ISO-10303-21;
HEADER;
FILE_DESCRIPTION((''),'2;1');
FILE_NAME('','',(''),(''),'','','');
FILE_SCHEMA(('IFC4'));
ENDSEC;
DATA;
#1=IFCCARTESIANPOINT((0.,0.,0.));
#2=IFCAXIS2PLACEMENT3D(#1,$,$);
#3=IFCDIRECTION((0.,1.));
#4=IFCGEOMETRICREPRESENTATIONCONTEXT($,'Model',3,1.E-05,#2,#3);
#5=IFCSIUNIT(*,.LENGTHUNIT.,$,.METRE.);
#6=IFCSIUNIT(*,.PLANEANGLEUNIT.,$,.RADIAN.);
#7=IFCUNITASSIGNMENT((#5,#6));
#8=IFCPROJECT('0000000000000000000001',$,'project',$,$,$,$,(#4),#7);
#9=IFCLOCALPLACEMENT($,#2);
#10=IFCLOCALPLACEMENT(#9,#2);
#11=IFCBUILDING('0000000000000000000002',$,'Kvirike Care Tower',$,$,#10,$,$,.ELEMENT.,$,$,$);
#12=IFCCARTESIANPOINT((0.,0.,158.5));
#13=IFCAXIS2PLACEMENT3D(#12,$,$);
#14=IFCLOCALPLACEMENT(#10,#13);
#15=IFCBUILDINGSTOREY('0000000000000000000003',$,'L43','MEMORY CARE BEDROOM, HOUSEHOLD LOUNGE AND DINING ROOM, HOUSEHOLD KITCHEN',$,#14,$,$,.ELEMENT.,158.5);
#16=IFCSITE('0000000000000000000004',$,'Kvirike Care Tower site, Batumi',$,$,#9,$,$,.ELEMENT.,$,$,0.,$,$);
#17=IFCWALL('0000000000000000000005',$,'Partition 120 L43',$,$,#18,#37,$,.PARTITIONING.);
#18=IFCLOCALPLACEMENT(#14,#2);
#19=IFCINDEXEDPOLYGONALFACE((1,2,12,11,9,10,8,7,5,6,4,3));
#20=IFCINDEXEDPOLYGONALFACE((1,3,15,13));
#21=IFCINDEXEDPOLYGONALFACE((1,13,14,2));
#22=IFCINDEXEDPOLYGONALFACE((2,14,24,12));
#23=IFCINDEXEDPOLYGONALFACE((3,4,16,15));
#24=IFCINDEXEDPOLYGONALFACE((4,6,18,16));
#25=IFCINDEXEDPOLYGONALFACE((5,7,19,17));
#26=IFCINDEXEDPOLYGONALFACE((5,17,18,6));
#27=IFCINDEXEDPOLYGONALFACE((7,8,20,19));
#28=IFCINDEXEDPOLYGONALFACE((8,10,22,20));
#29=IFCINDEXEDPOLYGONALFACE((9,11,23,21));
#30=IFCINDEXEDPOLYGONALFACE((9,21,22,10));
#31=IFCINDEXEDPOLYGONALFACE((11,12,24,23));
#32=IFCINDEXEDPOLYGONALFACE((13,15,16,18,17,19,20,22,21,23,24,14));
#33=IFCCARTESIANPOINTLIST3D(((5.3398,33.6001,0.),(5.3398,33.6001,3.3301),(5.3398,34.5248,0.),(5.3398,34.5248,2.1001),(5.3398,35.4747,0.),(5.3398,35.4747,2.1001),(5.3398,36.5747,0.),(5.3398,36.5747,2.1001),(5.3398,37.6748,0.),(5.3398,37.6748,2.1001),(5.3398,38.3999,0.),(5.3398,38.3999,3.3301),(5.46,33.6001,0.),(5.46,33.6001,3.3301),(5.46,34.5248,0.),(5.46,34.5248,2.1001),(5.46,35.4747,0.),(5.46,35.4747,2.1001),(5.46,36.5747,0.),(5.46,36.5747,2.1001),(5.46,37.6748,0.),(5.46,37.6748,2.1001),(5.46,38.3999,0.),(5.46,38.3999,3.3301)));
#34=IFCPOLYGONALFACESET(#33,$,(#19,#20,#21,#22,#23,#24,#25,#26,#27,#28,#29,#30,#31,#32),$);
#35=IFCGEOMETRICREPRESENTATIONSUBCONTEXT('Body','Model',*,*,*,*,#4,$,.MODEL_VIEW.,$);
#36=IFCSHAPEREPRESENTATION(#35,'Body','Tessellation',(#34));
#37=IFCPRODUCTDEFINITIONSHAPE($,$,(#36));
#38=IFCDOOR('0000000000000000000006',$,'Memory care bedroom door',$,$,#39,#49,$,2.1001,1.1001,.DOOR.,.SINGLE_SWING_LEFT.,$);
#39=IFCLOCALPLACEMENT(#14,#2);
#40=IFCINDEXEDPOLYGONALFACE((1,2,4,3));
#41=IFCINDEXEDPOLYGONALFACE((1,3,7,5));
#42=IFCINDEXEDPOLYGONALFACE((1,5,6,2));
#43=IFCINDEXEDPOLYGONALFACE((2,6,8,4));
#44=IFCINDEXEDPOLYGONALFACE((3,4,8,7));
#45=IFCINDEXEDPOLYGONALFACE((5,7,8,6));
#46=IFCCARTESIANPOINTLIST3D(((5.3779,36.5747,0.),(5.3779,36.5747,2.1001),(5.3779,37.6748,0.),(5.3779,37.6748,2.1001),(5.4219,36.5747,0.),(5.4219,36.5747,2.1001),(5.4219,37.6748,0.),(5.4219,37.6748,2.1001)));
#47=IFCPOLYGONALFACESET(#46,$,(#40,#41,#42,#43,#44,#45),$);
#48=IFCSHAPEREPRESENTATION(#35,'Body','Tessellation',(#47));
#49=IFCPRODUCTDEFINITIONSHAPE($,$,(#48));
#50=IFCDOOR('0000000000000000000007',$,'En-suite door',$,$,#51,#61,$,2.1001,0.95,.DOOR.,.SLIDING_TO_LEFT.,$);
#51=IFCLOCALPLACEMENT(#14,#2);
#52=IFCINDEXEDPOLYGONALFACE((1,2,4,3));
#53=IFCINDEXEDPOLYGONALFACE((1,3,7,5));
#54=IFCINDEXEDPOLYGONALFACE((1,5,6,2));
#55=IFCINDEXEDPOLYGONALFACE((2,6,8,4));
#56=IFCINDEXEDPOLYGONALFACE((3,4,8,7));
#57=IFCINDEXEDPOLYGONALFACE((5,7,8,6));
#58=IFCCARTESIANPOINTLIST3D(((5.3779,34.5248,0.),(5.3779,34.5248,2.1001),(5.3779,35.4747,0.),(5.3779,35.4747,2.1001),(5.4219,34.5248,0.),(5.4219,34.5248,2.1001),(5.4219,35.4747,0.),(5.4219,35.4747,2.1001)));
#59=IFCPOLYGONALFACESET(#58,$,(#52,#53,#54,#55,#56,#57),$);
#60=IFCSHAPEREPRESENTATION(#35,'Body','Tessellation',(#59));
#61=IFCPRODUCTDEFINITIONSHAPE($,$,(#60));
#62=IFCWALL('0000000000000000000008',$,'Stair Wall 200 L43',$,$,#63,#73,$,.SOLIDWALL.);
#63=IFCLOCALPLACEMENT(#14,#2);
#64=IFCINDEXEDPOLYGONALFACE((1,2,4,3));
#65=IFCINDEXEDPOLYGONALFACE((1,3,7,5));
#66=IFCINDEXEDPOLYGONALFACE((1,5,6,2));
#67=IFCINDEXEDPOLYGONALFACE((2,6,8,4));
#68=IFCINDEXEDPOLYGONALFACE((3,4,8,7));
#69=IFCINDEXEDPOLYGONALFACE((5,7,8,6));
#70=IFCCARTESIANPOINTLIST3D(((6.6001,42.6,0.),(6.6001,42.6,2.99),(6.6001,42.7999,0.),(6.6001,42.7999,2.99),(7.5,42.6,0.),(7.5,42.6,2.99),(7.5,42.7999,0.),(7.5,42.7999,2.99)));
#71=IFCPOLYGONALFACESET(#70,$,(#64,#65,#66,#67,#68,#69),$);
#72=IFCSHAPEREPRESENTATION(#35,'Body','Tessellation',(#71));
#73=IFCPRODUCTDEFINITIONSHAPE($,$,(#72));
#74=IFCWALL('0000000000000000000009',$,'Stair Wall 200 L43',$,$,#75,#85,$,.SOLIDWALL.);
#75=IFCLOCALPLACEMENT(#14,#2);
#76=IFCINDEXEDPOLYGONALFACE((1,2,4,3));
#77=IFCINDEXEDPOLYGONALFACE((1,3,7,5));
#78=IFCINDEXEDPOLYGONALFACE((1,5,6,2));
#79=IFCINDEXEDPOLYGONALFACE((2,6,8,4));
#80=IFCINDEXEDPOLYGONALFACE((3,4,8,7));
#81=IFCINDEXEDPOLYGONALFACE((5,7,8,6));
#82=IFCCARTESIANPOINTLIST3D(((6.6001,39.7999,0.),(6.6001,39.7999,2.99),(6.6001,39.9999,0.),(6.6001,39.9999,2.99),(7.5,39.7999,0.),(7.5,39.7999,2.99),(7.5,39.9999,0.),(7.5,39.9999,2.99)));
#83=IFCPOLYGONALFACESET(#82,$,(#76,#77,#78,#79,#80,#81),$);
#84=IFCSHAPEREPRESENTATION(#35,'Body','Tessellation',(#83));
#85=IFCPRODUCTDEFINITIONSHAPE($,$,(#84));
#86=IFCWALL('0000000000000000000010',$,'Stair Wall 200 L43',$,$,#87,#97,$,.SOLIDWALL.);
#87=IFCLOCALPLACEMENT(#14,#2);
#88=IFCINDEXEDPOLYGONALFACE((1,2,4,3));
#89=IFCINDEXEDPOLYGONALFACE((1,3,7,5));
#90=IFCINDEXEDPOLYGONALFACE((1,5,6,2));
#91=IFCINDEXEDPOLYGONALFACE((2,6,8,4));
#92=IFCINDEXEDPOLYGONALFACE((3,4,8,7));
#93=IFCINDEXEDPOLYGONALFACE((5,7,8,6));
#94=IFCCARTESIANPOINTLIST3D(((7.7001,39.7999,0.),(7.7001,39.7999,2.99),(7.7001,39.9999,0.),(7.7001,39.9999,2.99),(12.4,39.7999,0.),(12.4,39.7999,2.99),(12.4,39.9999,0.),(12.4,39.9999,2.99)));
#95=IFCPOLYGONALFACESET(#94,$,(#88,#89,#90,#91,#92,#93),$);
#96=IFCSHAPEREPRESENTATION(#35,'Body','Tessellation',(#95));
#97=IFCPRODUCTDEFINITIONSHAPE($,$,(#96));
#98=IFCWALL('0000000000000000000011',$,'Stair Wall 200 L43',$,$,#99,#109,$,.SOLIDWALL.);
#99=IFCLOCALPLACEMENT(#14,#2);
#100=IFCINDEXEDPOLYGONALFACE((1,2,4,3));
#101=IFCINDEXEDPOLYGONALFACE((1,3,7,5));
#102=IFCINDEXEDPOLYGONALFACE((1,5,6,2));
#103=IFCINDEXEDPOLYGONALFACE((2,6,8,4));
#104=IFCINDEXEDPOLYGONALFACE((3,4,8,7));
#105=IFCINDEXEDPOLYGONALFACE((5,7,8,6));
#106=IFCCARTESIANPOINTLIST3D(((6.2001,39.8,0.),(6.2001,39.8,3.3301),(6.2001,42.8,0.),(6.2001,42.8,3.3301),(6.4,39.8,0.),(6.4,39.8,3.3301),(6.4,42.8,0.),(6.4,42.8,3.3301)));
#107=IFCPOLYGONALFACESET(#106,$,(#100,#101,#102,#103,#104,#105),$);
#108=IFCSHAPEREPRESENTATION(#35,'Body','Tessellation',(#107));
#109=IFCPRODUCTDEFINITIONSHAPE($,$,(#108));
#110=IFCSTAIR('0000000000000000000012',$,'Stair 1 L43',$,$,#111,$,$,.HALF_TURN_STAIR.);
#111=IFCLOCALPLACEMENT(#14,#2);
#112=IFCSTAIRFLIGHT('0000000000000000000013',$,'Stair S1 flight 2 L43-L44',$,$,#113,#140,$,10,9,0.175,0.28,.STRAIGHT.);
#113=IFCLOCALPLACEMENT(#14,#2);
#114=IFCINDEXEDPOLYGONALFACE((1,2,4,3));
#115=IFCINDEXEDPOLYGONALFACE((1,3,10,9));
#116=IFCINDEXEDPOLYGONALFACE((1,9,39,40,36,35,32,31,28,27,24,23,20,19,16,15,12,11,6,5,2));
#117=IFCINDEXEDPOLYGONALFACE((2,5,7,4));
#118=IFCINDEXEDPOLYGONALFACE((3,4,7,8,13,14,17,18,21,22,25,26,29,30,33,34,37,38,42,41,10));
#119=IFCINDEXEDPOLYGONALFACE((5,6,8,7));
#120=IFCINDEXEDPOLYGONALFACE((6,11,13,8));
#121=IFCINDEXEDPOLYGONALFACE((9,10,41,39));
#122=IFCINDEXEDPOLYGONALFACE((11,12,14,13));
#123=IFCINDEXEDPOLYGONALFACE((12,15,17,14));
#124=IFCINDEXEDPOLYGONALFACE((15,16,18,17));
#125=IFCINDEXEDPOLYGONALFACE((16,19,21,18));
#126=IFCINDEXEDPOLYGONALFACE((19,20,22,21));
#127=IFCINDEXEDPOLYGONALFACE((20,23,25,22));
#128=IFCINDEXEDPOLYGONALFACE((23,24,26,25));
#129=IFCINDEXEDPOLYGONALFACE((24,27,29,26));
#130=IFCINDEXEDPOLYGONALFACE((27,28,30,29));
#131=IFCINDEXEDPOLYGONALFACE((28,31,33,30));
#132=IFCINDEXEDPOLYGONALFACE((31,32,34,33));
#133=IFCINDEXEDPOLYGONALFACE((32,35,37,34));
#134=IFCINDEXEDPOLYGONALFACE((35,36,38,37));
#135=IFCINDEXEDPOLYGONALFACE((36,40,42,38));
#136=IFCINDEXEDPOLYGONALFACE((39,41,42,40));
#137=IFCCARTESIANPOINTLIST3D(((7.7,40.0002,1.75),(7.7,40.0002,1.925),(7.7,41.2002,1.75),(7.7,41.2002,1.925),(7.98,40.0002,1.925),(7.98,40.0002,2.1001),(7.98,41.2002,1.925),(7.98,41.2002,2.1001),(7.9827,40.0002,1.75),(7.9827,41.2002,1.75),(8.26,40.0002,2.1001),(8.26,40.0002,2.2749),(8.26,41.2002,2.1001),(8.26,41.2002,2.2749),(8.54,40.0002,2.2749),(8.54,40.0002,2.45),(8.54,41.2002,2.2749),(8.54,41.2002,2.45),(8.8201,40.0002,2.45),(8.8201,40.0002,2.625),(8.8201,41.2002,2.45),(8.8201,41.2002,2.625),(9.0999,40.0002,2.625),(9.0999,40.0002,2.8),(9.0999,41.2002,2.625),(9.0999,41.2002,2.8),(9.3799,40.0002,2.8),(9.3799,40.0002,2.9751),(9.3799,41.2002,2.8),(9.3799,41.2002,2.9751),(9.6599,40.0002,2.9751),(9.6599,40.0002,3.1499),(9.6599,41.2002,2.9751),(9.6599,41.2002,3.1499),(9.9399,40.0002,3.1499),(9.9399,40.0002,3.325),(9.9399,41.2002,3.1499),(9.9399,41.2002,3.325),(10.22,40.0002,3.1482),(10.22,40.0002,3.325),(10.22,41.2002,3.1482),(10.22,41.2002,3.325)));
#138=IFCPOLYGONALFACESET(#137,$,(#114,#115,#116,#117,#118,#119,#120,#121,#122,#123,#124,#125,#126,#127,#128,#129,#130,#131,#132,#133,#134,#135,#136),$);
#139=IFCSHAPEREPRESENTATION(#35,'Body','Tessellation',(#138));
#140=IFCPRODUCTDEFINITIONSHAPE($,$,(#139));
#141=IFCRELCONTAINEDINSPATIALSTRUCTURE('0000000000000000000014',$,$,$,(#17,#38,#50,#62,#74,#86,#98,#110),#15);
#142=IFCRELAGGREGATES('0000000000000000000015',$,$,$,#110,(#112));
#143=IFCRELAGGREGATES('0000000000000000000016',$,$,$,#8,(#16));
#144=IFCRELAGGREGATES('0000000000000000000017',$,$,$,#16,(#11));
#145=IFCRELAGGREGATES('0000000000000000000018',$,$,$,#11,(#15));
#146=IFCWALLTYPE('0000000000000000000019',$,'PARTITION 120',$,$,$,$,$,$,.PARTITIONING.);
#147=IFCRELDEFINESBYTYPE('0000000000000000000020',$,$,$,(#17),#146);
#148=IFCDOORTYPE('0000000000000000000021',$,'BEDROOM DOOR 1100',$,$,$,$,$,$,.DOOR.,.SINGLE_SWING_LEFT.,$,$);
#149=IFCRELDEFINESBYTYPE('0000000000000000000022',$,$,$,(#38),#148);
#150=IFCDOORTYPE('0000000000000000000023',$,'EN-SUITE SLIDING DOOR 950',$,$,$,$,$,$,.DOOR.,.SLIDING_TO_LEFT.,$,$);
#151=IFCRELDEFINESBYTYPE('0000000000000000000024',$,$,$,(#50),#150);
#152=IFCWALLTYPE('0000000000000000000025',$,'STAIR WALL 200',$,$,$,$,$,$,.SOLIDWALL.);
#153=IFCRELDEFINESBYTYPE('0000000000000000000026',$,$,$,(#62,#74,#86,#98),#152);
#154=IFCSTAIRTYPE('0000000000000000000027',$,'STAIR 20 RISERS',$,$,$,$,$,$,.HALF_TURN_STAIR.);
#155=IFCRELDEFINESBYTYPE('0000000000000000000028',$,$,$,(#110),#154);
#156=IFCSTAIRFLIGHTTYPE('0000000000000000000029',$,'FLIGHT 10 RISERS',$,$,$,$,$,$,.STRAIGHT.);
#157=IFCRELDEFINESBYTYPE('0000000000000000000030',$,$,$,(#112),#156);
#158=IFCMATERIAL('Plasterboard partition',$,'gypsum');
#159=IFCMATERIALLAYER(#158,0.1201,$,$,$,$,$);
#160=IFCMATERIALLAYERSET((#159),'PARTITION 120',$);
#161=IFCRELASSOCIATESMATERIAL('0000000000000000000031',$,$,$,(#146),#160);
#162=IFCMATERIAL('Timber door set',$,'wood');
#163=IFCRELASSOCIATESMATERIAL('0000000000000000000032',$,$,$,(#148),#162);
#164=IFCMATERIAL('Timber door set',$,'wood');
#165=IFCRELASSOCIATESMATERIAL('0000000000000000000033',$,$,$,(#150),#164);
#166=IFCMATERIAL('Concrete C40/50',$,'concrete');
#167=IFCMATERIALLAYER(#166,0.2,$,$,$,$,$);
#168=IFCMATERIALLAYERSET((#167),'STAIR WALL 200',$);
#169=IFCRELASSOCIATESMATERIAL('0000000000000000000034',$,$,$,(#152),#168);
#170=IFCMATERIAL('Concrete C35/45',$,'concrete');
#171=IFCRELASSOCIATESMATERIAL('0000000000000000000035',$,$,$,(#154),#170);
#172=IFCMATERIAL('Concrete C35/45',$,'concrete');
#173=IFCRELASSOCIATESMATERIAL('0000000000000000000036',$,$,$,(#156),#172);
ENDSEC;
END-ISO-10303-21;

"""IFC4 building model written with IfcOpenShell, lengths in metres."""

from ifc_helpers import new_model, si_unit, direction, frame, frame_2d, origin, place, context, subcontext, project, spatial, polyline, rectangle, outline, extrude, material, layer, layer_set, type_object, element, fill, aggregate, save


model = new_model("IFC4")

# Units and contexts
model_context = context("Model", 3, precision=1e-05, world=origin(), true_north=direction((0.0, 1.0)))
body_context = subcontext(model_context, "Body", "Model", "MODEL_VIEW")
ifc_project = project(units=[si_unit("LENGTHUNIT", "METRE"), si_unit("PLANEANGLEUNIT", "RADIAN")], contexts=[model_context])

# Site, building, storey
site_placement = place(None, origin())
site = spatial("IfcSite", under=ifc_project, at=site_placement, Name="Kvirike Care Tower site, Batumi", CompositionType="ELEMENT", RefElevation=0.0)
building_placement = place(site_placement, origin())
building = spatial("IfcBuilding", under=site, at=building_placement, Name="Kvirike Care Tower", CompositionType="ELEMENT")
storey_placement = place(building_placement, frame((0.0, 0.0, 158.5)))
storey = spatial("IfcBuildingStorey", under=building, at=storey_placement, Name="L43", Description="MEMORY CARE BEDROOM, HOUSEHOLD LOUNGE AND DINING ROOM, HOUSEHOLD KITCHEN", CompositionType="ELEMENT", Elevation=158.5)

# Wall, openings, doors
ifc_material_1 = material(Name="Plasterboard partition", Category="gypsum")
ifc_layer_1 = layer(ifc_material_1, 0.1201)
ifc_layer_set_1 = layer_set([ifc_layer_1], Name="PARTITION 120")
wall_type_1 = type_object("IfcWallType", Name="PARTITION 120", PredefinedType="PARTITIONING", material=ifc_layer_set_1)
wall_1_placement = place(storey_placement, frame((5.3999, 38.3999, 0.0), z_axis=(0.0, 0.0, 1.0), x_axis=(0.0, -1.0, 0.0)))
wall_1 = element("IfcWall", 1, at=wall_1_placement, inside=storey, type_object=wall_type_1, Name="Partition 120 L43", PredefinedType="PARTITIONING", context=body_context, shape_type="SweptSolid", body=[
    extrude(rectangle(XDim=4.7998, YDim=0.1201, at=frame_2d((2.3999, 0.0))), origin(), (0.0, 0.0, 1.0), 3.3301),
])
opening_1_placement = place(wall_1_placement, frame((0.7251, 0.0, 0.0)))
opening_1 = element("IfcOpeningElement", 2, at=opening_1_placement, cuts=wall_1, PredefinedType="OPENING", context=body_context, shape_type="SweptSolid", body=[
    extrude(rectangle(XDim=1.1001, YDim=2.1001, at=frame_2d((0.55, 1.05))), frame((0.0, 0.0706, 0.0), z_axis=(0.0, -1.0, 0.0), x_axis=(1.0, 0.0, 0.0)), (0.0, 0.0, 1.0), 0.1411),
])
opening_2_placement = place(wall_1_placement, frame((2.925, 0.0, 0.0)))
opening_2 = element("IfcOpeningElement", 3, at=opening_2_placement, cuts=wall_1, PredefinedType="OPENING", context=body_context, shape_type="SweptSolid", body=[
    extrude(rectangle(XDim=0.95, YDim=2.1001, at=frame_2d((0.4751, 1.05))), frame((0.0, 0.0706, 0.0), z_axis=(0.0, -1.0, 0.0), x_axis=(1.0, 0.0, 0.0)), (0.0, 0.0, 1.0), 0.1411),
])
ifc_material_2 = material(Name="Timber door set", Category="wood")
door_type_1 = type_object("IfcDoorType", Name="BEDROOM DOOR 1100", OperationType="SINGLE_SWING_LEFT", PredefinedType="DOOR", material=ifc_material_2)
door_1_placement = place(opening_1_placement, origin())
door_1 = element("IfcDoor", 4, at=door_1_placement, inside=storey, type_object=door_type_1, Name="Memory care bedroom door", OperationType="SINGLE_SWING_LEFT", OverallHeight=2.1001, OverallWidth=1.1001, PredefinedType="DOOR", context=body_context, shape_type="SweptSolid", body=[
    extrude(rectangle(XDim=1.1001, YDim=2.1001, at=frame_2d((0.55, 1.05))), frame((0.0, 0.022, 0.0), z_axis=(0.0, -1.0, 0.0), x_axis=(1.0, 0.0, 0.0)), (0.0, 0.0, 1.0), 0.0439),
])
fill(opening_1, door_1)
ifc_material_3 = material(Name="Timber door set", Category="wood")
door_type_2 = type_object("IfcDoorType", Name="EN-SUITE SLIDING DOOR 950", OperationType="SLIDING_TO_LEFT", PredefinedType="DOOR", material=ifc_material_3)
door_2_placement = place(opening_2_placement, origin())
door_2 = element("IfcDoor", 5, at=door_2_placement, inside=storey, type_object=door_type_2, Name="En-suite door", OperationType="SLIDING_TO_LEFT", OverallHeight=2.1001, OverallWidth=0.95, PredefinedType="DOOR", context=body_context, shape_type="SweptSolid", body=[
    extrude(rectangle(XDim=0.95, YDim=2.1001, at=frame_2d((0.4751, 1.05))), frame((0.0, 0.022, 0.0), z_axis=(0.0, -1.0, 0.0), x_axis=(1.0, 0.0, 0.0)), (0.0, 0.0, 1.0), 0.0439),
])
fill(opening_2, door_2)

# Walls
ifc_material_4 = material(Name="Concrete C40/50", Category="concrete")
ifc_layer_2 = layer(ifc_material_4, 0.2)
ifc_layer_set_2 = layer_set([ifc_layer_2], Name="STAIR WALL 200")
wall_type_2 = type_object("IfcWallType", Name="STAIR WALL 200", PredefinedType="SOLIDWALL", material=ifc_layer_set_2)
for number, where, z_axis, x_axis, name in (
    (6, (6.6001, 42.7, 0.0), (0.0, 0.0, 1.0), (1.0, 0.0, 0.0), "Stair Wall 200 L43"),
    (7, (6.6001, 39.8999, 0.0), (0.0, 0.0, 1.0), (1.0, 0.0, 0.0), "Stair Wall 200 L43"),
):
    element("IfcWall", number, at=place(storey_placement, frame(where, z_axis=z_axis, x_axis=x_axis)), inside=storey, type_object=wall_type_2, Name=name, PredefinedType="SOLIDWALL", context=body_context, shape_type="SweptSolid", body=[
        extrude(rectangle(XDim=0.8999, YDim=0.2, at=frame_2d((0.45, 0.0))), origin(), (0.0, 0.0, 1.0), 2.99),
    ])
wall_2_placement = place(storey_placement, frame((7.7, 39.8999, 0.0), z_axis=(0.0, 0.0, 1.0), x_axis=(1.0, 0.0, 0.0)))
element("IfcWall", 8, at=wall_2_placement, inside=storey, type_object=wall_type_2, Name="Stair Wall 200 L43", PredefinedType="SOLIDWALL", context=body_context, shape_type="SweptSolid", body=[
    extrude(rectangle(XDim=4.7, YDim=0.2, at=frame_2d((2.3501, 0.0))), origin(), (0.0, 0.0, 1.0), 2.99),
])
wall_3_placement = place(storey_placement, frame((6.3, 42.8, 0.0), z_axis=(0.0, 0.0, 1.0), x_axis=(0.0, -1.0, 0.0)))
element("IfcWall", 9, at=wall_3_placement, inside=storey, type_object=wall_type_2, Name="Stair Wall 200 L43", PredefinedType="SOLIDWALL", context=body_context, shape_type="SweptSolid", body=[
    extrude(rectangle(XDim=3.0, YDim=0.2, at=frame_2d((1.5, 0.0))), origin(), (0.0, 0.0, 1.0), 3.3301),
])

# Stair, stair flight
ifc_material_5 = material(Name="Concrete C35/45", Category="concrete")
stair_type = type_object("IfcStairType", Name="STAIR 20 RISERS", PredefinedType="HALF_TURN_STAIR", material=ifc_material_5)
stair_placement = place(storey_placement, origin())
stair = element("IfcStair", 10, at=stair_placement, inside=storey, type_object=stair_type, Name="Stair 1 L43", PredefinedType="HALF_TURN_STAIR")
ifc_material_6 = material(Name="Concrete C35/45", Category="concrete")
stair_flight_type = type_object("IfcStairFlightType", Name="FLIGHT 10 RISERS", PredefinedType="STRAIGHT", material=ifc_material_6)
stair_flight_placement = place(storey_placement, frame((7.7, 40.6001, 1.75), z_axis=(0.0, 0.0, 1.0), x_axis=(1.0, 0.0, 0.0)))
stair_flight = element("IfcStairFlight", 11, at=stair_flight_placement, type_object=stair_flight_type, Name="Stair S1 flight 2 L43-L44", NumberOfRisers=10, NumberOfTreads=9, PredefinedType="STRAIGHT", RiserHeight=0.175, TreadLength=0.28, context=body_context, shape_type="SweptSolid", body=[
    extrude(outline(polyline([(0.0, 0.0), (0.0, 0.175), (0.28, 0.175), (0.28, 0.3501), (0.5601, 0.3501), (0.5601, 0.5249), (0.8401, 0.5249), (0.8401, 0.7), (1.1201, 0.7), (1.1201, 0.875), (1.3999, 0.875), (1.3999, 1.05), (1.6799, 1.05), (1.6799, 1.2251), (1.96, 1.2251), (1.96, 1.3999), (2.24, 1.3999), (2.24, 1.575), (2.52, 1.575), (2.52, 1.75), (2.52, 1.3982), (0.2827, 0.0), (0.0, 0.0)])), frame((0.0, 0.6001, 0.0), z_axis=(0.0, -1.0, 0.0), x_axis=(1.0, 0.0, 0.0)), (0.0, 0.0, 1.0), 1.2),
])
aggregate(stair, [stair_flight])

save(model, "model.ifc")
